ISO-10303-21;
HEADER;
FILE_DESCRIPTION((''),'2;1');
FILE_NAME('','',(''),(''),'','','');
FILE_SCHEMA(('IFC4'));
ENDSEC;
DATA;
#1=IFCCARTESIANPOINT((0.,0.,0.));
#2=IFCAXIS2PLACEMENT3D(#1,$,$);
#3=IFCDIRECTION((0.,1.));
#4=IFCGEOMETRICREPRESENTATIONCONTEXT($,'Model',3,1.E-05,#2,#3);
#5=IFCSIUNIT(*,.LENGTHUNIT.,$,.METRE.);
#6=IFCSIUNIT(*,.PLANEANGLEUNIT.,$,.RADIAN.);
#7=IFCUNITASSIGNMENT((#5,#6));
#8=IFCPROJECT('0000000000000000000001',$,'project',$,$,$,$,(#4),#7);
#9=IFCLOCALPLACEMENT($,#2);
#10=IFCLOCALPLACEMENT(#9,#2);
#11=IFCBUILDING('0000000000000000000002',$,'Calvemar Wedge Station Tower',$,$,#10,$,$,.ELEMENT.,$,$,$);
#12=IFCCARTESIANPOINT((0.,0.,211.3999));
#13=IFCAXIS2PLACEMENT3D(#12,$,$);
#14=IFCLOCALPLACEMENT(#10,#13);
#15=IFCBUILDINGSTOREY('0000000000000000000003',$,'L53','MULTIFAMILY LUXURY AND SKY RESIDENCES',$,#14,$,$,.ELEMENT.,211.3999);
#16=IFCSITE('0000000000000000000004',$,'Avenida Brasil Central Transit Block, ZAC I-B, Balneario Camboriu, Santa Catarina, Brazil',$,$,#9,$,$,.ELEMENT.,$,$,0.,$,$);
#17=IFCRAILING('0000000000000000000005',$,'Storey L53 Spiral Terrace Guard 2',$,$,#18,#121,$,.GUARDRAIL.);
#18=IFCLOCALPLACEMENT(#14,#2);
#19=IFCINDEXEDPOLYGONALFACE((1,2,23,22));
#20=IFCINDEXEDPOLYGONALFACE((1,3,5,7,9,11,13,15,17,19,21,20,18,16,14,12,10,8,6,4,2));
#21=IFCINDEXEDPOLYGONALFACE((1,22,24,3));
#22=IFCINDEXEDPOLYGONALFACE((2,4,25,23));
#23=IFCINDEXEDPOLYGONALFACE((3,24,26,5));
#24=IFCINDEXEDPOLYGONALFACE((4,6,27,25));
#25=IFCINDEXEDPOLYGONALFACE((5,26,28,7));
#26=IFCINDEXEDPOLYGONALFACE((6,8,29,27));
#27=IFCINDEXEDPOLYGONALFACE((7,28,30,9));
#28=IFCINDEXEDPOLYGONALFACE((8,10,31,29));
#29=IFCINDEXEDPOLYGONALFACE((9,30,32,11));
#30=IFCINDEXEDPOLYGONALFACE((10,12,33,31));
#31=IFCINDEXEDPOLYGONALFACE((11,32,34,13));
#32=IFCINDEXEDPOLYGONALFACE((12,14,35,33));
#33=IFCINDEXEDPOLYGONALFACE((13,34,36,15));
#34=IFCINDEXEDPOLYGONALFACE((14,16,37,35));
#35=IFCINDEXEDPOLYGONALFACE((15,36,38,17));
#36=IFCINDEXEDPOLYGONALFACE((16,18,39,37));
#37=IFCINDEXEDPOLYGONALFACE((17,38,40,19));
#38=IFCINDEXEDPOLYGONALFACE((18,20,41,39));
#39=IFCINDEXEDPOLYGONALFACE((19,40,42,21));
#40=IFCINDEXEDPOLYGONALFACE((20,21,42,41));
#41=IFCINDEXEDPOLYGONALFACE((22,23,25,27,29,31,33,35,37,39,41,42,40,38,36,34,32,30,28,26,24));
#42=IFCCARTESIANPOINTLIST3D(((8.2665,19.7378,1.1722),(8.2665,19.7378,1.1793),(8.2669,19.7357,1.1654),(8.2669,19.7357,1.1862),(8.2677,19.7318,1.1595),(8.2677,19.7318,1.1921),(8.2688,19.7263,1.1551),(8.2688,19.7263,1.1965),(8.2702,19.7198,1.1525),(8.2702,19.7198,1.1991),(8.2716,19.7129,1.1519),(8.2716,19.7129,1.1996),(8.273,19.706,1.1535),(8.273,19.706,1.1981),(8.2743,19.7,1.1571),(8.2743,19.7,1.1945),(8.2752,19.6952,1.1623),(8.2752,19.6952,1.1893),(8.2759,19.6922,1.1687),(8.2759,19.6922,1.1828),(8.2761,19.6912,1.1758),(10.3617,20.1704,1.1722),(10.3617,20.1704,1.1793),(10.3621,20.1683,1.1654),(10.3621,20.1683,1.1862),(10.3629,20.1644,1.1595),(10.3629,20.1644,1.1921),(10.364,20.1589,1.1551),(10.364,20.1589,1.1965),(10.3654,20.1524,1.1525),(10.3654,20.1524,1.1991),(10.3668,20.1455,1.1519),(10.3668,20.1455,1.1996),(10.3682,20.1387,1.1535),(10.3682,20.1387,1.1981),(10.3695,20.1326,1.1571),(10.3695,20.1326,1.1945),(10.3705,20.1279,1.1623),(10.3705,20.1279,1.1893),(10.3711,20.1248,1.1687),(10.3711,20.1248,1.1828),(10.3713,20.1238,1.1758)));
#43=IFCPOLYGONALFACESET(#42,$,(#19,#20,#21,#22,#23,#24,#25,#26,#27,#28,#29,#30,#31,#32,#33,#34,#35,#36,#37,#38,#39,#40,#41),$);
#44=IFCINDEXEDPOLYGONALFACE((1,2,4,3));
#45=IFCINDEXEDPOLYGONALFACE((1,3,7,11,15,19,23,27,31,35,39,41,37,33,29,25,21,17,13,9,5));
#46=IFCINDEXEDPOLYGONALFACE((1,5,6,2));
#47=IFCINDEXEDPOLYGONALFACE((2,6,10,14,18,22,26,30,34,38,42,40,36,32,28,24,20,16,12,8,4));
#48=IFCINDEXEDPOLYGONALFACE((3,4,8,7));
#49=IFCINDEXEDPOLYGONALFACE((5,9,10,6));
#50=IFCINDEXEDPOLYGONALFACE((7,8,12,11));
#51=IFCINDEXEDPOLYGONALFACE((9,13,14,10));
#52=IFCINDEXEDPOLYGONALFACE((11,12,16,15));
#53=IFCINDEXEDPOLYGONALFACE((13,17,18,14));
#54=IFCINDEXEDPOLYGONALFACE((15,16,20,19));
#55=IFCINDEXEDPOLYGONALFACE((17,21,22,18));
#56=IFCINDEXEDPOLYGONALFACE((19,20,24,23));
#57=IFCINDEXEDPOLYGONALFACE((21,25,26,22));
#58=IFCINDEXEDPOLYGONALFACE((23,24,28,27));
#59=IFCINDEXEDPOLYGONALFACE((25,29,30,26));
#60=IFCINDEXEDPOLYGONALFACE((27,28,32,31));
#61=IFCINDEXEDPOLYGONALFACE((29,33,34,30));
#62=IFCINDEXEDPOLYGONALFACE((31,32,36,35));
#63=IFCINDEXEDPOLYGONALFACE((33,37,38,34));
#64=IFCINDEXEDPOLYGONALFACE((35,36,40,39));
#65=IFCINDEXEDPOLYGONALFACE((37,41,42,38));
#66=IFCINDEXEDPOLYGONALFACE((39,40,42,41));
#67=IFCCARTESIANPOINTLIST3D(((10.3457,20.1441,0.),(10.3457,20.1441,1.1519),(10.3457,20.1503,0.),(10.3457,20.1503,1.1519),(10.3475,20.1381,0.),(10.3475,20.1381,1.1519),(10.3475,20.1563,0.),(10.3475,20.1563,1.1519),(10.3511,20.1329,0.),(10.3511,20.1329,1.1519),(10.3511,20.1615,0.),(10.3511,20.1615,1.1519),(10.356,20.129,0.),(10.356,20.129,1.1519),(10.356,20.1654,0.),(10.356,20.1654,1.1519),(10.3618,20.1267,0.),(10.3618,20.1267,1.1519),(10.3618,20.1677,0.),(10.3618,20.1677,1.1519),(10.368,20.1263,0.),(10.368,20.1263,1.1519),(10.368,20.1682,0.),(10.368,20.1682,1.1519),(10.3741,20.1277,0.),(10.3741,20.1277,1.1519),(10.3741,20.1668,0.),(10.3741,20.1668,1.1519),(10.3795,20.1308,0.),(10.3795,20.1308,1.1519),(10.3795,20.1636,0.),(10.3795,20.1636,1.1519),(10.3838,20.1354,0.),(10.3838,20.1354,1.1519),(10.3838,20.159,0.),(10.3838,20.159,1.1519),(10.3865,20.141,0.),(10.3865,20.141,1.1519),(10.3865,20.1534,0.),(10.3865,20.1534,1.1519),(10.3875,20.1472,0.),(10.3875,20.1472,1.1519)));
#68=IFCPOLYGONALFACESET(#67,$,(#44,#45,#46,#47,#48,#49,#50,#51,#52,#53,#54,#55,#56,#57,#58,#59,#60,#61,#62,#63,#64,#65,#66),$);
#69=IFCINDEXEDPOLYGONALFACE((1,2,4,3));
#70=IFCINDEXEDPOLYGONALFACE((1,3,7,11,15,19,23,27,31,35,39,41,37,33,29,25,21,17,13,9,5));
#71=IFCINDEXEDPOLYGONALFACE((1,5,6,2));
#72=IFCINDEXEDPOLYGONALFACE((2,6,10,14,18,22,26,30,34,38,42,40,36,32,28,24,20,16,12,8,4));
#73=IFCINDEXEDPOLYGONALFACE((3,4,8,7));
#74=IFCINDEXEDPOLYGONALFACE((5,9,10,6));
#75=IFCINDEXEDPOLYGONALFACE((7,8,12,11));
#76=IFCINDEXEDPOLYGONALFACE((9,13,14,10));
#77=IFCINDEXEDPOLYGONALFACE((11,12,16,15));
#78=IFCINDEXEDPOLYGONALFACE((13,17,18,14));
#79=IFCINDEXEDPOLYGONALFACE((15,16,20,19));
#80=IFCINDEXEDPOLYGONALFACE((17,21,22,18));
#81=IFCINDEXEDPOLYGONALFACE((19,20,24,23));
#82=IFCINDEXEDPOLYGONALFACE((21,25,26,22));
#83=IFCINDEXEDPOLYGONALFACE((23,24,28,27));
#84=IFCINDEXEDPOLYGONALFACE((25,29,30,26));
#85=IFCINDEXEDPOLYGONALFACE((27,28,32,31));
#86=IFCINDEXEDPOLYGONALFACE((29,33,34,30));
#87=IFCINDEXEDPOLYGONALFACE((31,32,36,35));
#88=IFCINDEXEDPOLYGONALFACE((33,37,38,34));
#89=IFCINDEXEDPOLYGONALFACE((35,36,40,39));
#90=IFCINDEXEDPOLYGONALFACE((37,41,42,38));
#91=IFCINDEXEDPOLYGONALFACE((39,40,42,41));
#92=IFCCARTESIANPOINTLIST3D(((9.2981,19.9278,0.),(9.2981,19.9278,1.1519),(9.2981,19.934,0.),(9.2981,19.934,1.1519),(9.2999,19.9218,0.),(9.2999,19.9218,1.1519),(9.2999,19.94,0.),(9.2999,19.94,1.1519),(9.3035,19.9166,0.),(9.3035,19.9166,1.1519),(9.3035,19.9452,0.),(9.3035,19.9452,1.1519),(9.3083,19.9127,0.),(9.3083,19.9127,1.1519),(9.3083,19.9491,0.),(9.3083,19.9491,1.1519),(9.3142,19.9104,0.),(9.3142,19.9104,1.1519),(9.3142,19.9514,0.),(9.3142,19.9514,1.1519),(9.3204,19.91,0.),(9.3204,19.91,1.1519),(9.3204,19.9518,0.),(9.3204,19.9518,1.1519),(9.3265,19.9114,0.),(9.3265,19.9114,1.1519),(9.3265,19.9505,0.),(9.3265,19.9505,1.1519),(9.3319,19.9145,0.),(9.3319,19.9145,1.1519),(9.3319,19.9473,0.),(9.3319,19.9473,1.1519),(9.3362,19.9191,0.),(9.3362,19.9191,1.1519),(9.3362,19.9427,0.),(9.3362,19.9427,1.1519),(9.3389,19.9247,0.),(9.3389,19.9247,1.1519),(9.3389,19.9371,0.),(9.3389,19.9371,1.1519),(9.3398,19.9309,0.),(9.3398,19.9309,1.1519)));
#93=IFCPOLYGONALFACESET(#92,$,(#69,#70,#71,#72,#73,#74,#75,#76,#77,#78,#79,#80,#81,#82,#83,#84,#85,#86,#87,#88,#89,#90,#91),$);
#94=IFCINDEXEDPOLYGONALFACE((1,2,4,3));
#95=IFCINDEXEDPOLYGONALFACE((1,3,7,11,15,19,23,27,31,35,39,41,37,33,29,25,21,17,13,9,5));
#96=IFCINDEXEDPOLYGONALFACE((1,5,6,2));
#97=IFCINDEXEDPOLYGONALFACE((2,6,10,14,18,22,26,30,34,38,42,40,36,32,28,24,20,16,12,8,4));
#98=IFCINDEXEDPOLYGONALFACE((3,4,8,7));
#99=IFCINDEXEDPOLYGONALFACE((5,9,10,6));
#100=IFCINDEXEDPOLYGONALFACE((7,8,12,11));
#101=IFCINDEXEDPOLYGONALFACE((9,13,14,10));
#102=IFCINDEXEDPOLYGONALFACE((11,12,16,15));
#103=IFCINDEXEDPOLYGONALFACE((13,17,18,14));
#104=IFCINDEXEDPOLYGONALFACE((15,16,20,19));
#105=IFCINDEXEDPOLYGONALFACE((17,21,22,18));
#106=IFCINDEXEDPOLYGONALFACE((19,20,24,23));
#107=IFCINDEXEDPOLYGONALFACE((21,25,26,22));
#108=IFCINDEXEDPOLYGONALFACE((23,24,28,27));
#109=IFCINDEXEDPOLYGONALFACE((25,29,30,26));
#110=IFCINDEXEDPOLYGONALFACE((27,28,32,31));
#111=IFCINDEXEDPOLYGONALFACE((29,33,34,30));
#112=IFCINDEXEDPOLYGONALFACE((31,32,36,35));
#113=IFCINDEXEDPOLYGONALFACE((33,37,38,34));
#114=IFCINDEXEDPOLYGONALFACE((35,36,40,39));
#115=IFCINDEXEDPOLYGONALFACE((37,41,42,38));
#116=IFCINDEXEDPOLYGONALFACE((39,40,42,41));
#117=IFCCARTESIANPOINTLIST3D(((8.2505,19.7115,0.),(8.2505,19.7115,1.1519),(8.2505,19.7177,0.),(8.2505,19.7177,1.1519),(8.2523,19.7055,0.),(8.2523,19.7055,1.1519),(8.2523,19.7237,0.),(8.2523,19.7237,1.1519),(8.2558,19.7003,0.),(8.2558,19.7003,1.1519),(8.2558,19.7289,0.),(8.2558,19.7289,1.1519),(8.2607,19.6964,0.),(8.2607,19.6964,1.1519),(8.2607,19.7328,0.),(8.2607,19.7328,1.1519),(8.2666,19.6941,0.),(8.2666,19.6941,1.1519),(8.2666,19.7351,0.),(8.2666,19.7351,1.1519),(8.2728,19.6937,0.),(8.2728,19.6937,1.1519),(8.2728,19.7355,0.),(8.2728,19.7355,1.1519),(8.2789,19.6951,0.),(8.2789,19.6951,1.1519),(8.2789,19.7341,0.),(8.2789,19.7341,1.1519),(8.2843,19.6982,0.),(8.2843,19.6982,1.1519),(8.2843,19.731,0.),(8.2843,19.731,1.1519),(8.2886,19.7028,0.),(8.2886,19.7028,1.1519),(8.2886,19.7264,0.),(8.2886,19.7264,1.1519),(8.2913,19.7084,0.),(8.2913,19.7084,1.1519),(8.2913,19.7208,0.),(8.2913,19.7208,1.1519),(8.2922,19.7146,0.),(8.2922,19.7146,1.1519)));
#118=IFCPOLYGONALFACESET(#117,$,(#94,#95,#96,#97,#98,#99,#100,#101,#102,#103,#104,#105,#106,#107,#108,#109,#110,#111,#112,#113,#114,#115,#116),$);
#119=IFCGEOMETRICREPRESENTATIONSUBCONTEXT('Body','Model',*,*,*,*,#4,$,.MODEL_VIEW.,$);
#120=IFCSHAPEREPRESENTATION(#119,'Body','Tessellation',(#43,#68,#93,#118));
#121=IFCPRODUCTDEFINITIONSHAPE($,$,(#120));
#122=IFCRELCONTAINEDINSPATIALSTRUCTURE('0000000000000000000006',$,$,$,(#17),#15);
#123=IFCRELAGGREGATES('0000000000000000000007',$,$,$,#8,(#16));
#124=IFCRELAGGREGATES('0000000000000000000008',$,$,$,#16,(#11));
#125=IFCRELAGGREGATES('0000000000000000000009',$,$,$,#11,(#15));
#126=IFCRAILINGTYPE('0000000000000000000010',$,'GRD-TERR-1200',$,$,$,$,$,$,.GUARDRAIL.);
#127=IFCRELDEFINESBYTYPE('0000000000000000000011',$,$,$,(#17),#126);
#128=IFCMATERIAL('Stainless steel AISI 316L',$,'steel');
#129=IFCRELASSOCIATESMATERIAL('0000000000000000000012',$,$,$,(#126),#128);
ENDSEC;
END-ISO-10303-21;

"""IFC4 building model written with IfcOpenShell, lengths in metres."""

from ifc_helpers import new_model, si_unit, direction, frame, origin, origin_2d, place, context, subcontext, project, spatial, circle, extrude, material, type_object, element, save


model = new_model("IFC4")

# Units and contexts
model_context = context("Model", 3, precision=1e-05, world=origin(), true_north=direction((0.0, 1.0)))
body_context = subcontext(model_context, "Body", "Model", "MODEL_VIEW")
ifc_project = project(units=[si_unit("LENGTHUNIT", "METRE"), si_unit("PLANEANGLEUNIT", "RADIAN")], contexts=[model_context])

# Site, building, storey
site_placement = place(None, origin())
site = spatial("IfcSite", under=ifc_project, at=site_placement, Name="Avenida Brasil Central Transit Block, ZAC I-B, Balneario Camboriu, Santa Catarina, Brazil", CompositionType="ELEMENT", RefElevation=0.0)
building_placement = place(site_placement, origin())
building = spatial("IfcBuilding", under=site, at=building_placement, Name="Calvemar Wedge Station Tower", CompositionType="ELEMENT")
storey_placement = place(building_placement, frame((0.0, 0.0, 211.3999)))
storey = spatial("IfcBuildingStorey", under=building, at=storey_placement, Name="L53", Description="MULTIFAMILY LUXURY AND SKY RESIDENCES", CompositionType="ELEMENT", Elevation=211.3999)

# Railing
ifc_material_1 = material(Name="Stainless steel AISI 316L", Category="steel")
railing_type = type_object("IfcRailingType", Name="GRD-TERR-1200", PredefinedType="GUARDRAIL", material=ifc_material_1)
railing_1_placement = place(storey_placement, frame((10.3665, 20.1472, 0.0)))
element("IfcRailing", 1, at=railing_1_placement, inside=storey, type_object=railing_type, Name="Storey L53 Spiral Terrace Guard 2", PredefinedType="GUARDRAIL", context=body_context, shape_type="SweptSolid", body=[
    extrude(circle(Radius=0.0239, at=origin_2d()), frame((0.0, 0.0, 1.1758), z_axis=(-0.979342, -0.202213, 0.0), x_axis=(0.202213, -0.979342, 0.0)), (0.0, 0.0, 1.0), 2.1394),
    extrude(circle(Radius=0.021, at=origin_2d()), origin(), (0.0, 0.0, 1.0), 1.1519),
    extrude(circle(Radius=0.021, at=origin_2d()), frame((-1.0476, -0.2163, 0.0)), (0.0, 0.0, 1.0), 1.1519),
    extrude(circle(Radius=0.021, at=origin_2d()), frame((-2.0952, -0.4326, 0.0)), (0.0, 0.0, 1.0), 1.1519),
])

save(model, "model.ifc")
